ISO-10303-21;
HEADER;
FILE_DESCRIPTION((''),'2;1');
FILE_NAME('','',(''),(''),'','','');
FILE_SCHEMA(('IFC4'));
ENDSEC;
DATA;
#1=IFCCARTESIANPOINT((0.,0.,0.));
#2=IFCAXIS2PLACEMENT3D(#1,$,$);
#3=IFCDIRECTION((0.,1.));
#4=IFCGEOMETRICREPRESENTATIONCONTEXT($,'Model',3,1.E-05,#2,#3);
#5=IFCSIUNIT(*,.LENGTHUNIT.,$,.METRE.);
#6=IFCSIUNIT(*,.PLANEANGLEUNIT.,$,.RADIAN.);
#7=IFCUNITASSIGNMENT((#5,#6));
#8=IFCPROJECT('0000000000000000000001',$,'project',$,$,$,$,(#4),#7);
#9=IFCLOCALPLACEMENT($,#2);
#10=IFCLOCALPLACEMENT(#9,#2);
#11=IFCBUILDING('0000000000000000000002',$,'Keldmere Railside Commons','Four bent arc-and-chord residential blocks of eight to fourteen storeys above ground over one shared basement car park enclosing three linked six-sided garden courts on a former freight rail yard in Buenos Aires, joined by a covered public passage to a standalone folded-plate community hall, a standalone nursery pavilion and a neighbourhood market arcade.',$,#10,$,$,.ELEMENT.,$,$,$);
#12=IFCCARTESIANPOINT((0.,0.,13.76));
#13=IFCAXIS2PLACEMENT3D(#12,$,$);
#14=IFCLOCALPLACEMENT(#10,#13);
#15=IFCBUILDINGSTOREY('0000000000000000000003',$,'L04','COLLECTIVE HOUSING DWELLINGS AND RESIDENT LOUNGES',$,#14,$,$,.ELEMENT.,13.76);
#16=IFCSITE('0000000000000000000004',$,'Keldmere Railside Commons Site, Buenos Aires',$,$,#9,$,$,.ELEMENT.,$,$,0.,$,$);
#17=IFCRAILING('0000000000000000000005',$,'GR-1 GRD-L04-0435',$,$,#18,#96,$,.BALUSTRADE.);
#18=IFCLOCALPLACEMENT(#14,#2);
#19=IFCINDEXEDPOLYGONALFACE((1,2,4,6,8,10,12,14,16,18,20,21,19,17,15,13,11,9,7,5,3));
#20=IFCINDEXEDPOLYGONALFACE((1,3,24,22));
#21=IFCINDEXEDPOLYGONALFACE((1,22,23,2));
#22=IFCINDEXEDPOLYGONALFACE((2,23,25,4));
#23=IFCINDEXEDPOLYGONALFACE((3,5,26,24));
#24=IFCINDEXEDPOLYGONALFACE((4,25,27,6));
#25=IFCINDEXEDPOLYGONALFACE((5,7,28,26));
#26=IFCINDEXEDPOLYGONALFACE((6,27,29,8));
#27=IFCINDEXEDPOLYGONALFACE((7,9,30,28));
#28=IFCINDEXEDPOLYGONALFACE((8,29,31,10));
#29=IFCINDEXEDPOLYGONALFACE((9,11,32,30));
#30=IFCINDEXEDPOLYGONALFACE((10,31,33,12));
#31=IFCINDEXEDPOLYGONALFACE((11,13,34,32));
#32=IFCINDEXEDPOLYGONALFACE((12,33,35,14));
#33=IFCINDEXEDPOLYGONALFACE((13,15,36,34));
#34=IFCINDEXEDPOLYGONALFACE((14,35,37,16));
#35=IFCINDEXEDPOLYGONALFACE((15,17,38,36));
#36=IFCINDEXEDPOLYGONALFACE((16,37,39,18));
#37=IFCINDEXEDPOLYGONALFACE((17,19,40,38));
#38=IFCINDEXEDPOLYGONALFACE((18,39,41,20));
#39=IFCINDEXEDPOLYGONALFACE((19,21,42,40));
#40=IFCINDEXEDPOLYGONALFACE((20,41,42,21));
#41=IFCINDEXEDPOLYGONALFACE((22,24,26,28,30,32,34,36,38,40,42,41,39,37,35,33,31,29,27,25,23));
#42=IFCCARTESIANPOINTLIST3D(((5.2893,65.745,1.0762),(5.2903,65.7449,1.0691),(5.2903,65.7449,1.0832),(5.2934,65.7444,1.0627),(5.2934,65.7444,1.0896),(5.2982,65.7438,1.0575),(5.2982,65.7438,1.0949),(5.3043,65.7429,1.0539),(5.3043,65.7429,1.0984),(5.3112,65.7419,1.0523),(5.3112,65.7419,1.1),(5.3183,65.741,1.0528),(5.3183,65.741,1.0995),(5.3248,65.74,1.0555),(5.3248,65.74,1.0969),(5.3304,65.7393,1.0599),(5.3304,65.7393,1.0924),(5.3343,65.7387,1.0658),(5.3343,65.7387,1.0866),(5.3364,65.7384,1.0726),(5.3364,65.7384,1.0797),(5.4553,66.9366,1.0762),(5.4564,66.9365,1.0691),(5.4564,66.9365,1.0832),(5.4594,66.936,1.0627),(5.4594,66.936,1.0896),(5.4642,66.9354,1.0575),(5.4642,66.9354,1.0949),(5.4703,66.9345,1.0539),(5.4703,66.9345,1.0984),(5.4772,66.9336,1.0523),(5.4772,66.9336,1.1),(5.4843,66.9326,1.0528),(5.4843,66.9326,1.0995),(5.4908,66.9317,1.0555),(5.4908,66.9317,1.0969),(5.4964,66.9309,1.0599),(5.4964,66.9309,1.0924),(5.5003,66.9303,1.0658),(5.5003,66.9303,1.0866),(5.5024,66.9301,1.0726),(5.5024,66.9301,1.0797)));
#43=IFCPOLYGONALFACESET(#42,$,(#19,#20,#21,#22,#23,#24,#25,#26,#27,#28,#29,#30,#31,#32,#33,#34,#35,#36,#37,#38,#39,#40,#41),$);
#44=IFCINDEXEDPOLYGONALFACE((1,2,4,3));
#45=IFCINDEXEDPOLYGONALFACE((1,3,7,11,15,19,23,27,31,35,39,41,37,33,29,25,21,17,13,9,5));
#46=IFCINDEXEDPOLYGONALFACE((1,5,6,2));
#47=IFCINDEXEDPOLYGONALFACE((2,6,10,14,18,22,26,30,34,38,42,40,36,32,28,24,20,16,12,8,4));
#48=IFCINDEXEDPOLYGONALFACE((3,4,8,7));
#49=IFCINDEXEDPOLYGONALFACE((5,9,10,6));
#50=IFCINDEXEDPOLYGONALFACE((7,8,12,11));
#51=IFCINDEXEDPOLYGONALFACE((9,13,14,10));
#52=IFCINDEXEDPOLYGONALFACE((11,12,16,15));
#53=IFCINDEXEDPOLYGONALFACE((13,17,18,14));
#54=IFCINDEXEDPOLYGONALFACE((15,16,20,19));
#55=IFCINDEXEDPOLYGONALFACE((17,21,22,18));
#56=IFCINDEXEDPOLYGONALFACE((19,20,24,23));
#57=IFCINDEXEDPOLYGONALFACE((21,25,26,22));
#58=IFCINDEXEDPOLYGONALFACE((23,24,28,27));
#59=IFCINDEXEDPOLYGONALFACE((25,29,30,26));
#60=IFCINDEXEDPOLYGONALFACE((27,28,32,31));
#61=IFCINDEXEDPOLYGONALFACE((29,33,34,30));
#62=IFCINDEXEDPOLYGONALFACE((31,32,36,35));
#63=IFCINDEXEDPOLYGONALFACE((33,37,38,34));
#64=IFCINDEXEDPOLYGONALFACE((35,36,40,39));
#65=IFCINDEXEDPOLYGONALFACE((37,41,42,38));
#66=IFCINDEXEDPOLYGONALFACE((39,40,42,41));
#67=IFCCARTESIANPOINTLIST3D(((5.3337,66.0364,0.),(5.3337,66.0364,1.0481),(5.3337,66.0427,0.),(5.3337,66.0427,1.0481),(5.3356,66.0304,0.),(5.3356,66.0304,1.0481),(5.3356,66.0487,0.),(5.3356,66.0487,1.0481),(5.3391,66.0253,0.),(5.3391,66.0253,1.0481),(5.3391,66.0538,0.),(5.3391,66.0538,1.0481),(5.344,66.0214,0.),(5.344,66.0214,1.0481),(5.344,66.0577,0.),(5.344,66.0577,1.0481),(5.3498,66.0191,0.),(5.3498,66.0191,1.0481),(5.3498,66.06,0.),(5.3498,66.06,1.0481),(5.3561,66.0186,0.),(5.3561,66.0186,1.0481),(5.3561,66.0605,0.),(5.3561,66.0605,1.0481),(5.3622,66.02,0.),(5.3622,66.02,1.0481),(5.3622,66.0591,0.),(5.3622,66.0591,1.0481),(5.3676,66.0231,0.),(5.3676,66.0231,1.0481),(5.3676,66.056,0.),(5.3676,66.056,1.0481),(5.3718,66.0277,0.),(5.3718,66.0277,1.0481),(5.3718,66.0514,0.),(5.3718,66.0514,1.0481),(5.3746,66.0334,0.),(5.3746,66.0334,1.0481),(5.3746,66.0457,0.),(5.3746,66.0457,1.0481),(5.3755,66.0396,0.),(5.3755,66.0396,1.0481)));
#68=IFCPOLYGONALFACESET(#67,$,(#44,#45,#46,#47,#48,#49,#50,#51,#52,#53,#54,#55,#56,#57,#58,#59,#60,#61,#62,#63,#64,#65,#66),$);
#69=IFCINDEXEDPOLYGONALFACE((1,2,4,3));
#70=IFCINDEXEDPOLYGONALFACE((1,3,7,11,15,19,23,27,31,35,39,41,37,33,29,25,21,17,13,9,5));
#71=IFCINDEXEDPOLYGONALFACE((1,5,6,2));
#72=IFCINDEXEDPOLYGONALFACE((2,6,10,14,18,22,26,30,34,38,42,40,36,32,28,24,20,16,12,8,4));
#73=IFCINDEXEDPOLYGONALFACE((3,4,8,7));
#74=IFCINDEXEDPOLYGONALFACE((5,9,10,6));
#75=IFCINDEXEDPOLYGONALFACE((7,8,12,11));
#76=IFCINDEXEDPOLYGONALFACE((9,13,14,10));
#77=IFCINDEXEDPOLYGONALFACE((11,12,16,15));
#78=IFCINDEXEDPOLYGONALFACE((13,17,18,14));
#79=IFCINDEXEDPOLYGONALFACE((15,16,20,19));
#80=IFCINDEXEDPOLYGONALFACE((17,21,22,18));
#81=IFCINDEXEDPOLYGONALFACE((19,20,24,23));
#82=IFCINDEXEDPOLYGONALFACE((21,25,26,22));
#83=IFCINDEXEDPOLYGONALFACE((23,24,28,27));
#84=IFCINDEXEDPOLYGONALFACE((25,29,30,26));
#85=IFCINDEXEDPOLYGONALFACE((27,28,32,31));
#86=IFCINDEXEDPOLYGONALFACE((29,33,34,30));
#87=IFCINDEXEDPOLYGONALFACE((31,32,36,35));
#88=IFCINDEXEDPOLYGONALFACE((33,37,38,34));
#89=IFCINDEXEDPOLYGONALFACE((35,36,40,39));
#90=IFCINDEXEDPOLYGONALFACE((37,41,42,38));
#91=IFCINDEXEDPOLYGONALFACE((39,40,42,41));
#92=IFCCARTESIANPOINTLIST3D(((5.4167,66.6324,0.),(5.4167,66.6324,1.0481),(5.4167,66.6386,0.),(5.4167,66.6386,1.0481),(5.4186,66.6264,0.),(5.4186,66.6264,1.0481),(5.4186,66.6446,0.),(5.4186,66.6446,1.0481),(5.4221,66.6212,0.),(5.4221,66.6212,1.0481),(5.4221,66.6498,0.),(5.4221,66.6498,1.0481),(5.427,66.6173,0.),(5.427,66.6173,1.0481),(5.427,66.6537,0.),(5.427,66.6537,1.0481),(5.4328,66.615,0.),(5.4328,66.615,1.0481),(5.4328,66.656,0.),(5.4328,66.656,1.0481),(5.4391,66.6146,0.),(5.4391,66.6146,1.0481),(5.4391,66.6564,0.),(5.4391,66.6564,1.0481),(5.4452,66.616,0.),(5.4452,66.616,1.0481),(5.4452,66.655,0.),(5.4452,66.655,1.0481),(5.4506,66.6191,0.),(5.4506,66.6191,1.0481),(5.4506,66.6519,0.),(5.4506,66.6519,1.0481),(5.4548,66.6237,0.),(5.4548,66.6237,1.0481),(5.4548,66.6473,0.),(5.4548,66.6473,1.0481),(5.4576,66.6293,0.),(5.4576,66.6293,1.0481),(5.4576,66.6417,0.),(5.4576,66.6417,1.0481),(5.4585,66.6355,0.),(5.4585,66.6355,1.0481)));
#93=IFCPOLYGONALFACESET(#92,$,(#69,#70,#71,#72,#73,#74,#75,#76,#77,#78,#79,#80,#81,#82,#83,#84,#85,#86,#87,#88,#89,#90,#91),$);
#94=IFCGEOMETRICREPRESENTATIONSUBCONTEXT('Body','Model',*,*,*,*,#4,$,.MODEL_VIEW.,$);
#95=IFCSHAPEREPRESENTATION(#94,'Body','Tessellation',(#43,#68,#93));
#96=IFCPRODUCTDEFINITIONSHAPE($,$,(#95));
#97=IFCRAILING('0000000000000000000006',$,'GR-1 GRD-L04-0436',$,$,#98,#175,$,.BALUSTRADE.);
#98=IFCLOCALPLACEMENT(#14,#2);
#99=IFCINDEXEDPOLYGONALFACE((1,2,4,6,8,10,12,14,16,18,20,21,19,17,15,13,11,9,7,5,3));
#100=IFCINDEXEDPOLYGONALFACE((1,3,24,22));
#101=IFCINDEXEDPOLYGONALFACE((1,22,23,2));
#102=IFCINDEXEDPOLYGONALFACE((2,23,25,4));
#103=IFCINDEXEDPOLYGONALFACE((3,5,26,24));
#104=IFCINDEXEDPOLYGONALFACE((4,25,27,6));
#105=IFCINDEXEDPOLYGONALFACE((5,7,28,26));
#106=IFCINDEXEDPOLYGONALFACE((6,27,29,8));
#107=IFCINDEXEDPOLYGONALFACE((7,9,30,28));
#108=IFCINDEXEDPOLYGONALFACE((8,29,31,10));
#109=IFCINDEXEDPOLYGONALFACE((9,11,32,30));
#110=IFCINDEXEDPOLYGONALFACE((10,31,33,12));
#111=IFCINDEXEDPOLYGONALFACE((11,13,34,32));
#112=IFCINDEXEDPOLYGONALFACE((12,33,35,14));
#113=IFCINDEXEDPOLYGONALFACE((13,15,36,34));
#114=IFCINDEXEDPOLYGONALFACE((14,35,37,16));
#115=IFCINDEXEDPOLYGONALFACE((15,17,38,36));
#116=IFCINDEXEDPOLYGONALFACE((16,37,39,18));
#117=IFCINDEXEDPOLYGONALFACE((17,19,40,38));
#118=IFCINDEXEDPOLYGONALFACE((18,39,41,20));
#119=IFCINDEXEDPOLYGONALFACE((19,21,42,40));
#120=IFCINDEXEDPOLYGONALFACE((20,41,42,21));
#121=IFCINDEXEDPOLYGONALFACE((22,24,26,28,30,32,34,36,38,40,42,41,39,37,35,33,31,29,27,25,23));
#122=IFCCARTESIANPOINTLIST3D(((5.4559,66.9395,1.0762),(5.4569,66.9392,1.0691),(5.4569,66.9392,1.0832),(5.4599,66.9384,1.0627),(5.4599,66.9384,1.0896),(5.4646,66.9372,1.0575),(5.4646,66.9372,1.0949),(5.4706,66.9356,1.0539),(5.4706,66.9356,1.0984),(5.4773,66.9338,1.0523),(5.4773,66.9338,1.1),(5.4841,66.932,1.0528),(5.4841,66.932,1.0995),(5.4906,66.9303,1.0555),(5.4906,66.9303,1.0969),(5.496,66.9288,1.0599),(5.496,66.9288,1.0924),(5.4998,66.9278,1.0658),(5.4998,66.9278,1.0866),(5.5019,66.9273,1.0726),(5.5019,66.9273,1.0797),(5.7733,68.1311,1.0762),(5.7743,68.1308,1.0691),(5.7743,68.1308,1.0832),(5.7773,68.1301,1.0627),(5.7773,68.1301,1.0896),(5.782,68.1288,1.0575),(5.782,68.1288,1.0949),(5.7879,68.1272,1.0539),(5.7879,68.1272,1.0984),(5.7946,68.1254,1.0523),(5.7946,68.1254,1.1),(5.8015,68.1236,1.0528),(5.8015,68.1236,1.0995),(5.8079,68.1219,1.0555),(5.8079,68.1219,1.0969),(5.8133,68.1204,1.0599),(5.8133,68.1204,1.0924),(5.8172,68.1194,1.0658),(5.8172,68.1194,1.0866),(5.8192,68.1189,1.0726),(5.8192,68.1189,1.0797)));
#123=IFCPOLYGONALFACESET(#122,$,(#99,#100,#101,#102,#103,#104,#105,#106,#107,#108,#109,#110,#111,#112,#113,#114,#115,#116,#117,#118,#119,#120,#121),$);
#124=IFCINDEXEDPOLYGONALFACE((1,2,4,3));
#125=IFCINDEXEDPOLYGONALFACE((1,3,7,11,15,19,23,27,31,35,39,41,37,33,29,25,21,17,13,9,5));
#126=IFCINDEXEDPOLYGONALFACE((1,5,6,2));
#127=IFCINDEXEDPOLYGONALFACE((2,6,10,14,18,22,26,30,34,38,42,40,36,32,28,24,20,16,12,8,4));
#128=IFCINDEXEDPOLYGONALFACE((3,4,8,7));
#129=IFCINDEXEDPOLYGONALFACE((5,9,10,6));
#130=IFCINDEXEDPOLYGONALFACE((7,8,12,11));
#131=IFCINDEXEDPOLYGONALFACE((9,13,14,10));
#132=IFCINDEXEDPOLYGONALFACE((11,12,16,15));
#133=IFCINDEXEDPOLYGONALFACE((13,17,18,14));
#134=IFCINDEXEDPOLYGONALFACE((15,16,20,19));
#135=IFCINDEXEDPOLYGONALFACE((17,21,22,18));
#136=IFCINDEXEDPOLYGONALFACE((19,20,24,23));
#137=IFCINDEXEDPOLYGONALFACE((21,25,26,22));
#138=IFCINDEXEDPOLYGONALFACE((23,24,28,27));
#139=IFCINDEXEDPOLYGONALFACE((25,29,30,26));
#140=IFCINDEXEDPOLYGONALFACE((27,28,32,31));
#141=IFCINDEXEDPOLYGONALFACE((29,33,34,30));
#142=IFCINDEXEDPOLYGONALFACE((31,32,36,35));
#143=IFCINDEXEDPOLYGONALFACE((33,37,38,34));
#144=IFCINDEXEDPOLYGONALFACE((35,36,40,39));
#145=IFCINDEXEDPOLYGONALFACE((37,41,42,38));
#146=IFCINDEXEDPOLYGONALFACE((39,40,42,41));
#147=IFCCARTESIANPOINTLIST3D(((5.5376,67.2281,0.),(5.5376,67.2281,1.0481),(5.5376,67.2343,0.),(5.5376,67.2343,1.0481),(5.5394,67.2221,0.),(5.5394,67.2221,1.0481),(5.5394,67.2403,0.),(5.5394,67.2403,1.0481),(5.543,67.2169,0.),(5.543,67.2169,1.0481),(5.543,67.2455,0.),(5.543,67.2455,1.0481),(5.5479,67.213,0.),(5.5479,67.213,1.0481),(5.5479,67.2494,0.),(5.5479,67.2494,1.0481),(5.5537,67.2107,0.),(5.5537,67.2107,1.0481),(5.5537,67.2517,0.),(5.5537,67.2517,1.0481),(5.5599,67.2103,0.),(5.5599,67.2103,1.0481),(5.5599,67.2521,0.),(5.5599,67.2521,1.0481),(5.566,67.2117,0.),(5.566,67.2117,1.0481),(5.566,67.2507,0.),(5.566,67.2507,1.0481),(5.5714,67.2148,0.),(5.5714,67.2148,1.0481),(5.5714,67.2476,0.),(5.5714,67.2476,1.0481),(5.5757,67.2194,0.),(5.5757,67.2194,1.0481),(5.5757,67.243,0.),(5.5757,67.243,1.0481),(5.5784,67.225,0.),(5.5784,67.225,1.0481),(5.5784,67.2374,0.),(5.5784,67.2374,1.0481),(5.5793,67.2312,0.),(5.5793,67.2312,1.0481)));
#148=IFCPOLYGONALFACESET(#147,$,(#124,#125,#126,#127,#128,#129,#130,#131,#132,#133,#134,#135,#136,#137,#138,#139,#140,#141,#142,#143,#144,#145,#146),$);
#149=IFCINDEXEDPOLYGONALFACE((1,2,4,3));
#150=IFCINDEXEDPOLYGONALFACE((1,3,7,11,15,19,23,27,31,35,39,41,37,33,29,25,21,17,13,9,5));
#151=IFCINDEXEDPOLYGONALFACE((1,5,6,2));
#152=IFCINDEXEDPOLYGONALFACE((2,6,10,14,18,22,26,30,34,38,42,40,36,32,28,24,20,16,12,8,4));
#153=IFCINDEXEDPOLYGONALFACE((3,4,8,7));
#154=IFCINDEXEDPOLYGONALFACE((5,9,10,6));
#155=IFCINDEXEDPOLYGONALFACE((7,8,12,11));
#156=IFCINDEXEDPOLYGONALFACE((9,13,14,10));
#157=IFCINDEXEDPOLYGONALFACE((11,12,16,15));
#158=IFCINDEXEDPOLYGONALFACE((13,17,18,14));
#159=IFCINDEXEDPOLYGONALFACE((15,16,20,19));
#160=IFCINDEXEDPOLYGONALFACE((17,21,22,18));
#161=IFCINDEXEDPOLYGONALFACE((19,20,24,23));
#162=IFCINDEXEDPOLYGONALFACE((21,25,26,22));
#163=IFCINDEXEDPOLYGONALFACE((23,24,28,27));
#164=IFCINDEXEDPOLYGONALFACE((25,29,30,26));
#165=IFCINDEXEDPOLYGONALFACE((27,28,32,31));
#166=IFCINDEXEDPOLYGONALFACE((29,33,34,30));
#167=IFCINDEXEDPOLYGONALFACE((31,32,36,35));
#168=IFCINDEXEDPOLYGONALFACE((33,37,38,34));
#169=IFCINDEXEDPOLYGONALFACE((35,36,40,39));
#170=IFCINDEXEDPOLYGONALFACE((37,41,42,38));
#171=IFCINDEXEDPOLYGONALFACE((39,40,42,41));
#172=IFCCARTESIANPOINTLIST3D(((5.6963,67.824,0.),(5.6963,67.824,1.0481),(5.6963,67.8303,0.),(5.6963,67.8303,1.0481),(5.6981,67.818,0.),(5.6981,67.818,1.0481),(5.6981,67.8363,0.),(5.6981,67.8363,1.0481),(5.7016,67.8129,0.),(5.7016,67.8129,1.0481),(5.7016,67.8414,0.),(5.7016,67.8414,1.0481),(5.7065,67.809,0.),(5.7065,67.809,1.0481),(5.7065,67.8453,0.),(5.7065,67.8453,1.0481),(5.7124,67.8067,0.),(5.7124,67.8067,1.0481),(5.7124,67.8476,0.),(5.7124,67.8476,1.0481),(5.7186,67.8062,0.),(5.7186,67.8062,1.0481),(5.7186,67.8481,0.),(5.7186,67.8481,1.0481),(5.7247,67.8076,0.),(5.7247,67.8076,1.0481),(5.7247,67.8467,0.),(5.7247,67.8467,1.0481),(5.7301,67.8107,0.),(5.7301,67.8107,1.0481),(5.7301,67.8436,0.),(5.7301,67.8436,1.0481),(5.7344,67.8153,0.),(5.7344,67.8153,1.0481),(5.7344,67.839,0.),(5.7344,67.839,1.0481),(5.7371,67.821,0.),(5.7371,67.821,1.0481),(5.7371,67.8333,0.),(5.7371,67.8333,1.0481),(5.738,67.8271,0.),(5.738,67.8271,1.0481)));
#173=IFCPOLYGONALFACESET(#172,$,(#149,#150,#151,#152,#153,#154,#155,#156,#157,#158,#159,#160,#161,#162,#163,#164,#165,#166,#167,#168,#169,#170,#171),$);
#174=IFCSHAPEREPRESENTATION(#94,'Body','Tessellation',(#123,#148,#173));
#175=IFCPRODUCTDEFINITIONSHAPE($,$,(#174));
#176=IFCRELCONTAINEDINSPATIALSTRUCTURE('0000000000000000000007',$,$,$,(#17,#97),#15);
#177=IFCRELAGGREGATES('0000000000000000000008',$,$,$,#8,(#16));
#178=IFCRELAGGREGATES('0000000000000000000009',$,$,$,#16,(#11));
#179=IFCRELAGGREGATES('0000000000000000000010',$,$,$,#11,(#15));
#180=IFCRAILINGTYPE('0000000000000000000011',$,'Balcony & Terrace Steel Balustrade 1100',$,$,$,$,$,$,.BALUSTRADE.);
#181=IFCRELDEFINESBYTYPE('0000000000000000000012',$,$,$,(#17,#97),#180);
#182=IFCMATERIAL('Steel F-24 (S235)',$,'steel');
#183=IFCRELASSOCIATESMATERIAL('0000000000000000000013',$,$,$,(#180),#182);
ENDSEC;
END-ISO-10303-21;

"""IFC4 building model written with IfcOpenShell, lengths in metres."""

from ifc_helpers import new_model, si_unit, direction, frame, origin, origin_2d, place, context, subcontext, project, spatial, circle, extrude, material, type_object, element, save


model = new_model("IFC4")

# Units and contexts
model_context = context("Model", 3, precision=1e-05, world=origin(), true_north=direction((0.0, 1.0)))
body_context = subcontext(model_context, "Body", "Model", "MODEL_VIEW")
ifc_project = project(units=[si_unit("LENGTHUNIT", "METRE"), si_unit("PLANEANGLEUNIT", "RADIAN")], contexts=[model_context])

# Site, building, storey
site_placement = place(None, origin())
site = spatial("IfcSite", under=ifc_project, at=site_placement, Name="Keldmere Railside Commons Site, Buenos Aires", CompositionType="ELEMENT", RefElevation=0.0)
building_placement = place(site_placement, origin())
building = spatial("IfcBuilding", under=site, at=building_placement, Name="Keldmere Railside Commons", Description="Four bent arc-and-chord residential blocks of eight to fourteen storeys above ground over one shared basement car park enclosing three linked six-sided garden courts on a former freight rail yard in Buenos Aires, joined by a covered public passage to a standalone folded-plate community hall, a standalone nursery pavilion and a neighbourhood market arcade.", CompositionType="ELEMENT")
storey_placement = place(building_placement, frame((0.0, 0.0, 13.76)))
storey = spatial("IfcBuildingStorey", under=building, at=storey_placement, Name="L04", Description="COLLECTIVE HOUSING DWELLINGS AND RESIDENT LOUNGES", CompositionType="ELEMENT", Elevation=13.76)

# Railings
ifc_material_1 = material(Name="Steel F-24 (S235)", Category="steel")
railing_type_1 = type_object("IfcRailingType", Name="Balcony & Terrace Steel Balustrade 1100", PredefinedType="BALUSTRADE", material=ifc_material_1)
railing_1_placement = place(storey_placement, frame((5.313, 65.7417, 0.0)))
element("IfcRailing", 1, at=railing_1_placement, inside=storey, type_object=railing_type_1, Name="GR-1 GRD-L04-0435", PredefinedType="BALUSTRADE", context=body_context, shape_type="SweptSolid", body=[
    extrude(circle(Radius=0.0239, at=origin_2d()), frame((0.0, 0.0, 1.0762), z_axis=(0.137983, 0.990435, 0.0), x_axis=(-0.990435, 0.137983, 0.0)), (0.0, 0.0, 1.0), 1.2031),
    extrude(circle(Radius=0.021, at=origin_2d()), frame((0.0415, 0.2979, 0.0)), (0.0, 0.0, 1.0), 1.0481),
    extrude(circle(Radius=0.021, at=origin_2d()), frame((0.1245, 0.8938, 0.0)), (0.0, 0.0, 1.0), 1.0481),
])
railing_2_placement = place(storey_placement, frame((5.479, 66.9333, 0.0)))
element("IfcRailing", 2, at=railing_2_placement, inside=storey, type_object=railing_type_1, Name="GR-1 GRD-L04-0436", PredefinedType="BALUSTRADE", context=body_context, shape_type="SweptSolid", body=[
    extrude(circle(Radius=0.0239, at=origin_2d()), frame((0.0, 0.0, 1.0762), z_axis=(0.257367, 0.966314, 0.0), x_axis=(-0.966314, 0.257367, 0.0)), (0.0, 0.0, 1.0), 1.2332),
    extrude(circle(Radius=0.021, at=origin_2d()), frame((0.0793, 0.2979, 0.0)), (0.0, 0.0, 1.0), 1.0481),
    extrude(circle(Radius=0.021, at=origin_2d()), frame((0.238, 0.8938, 0.0)), (0.0, 0.0, 1.0), 1.0481),
])

save(model, "model.ifc")
